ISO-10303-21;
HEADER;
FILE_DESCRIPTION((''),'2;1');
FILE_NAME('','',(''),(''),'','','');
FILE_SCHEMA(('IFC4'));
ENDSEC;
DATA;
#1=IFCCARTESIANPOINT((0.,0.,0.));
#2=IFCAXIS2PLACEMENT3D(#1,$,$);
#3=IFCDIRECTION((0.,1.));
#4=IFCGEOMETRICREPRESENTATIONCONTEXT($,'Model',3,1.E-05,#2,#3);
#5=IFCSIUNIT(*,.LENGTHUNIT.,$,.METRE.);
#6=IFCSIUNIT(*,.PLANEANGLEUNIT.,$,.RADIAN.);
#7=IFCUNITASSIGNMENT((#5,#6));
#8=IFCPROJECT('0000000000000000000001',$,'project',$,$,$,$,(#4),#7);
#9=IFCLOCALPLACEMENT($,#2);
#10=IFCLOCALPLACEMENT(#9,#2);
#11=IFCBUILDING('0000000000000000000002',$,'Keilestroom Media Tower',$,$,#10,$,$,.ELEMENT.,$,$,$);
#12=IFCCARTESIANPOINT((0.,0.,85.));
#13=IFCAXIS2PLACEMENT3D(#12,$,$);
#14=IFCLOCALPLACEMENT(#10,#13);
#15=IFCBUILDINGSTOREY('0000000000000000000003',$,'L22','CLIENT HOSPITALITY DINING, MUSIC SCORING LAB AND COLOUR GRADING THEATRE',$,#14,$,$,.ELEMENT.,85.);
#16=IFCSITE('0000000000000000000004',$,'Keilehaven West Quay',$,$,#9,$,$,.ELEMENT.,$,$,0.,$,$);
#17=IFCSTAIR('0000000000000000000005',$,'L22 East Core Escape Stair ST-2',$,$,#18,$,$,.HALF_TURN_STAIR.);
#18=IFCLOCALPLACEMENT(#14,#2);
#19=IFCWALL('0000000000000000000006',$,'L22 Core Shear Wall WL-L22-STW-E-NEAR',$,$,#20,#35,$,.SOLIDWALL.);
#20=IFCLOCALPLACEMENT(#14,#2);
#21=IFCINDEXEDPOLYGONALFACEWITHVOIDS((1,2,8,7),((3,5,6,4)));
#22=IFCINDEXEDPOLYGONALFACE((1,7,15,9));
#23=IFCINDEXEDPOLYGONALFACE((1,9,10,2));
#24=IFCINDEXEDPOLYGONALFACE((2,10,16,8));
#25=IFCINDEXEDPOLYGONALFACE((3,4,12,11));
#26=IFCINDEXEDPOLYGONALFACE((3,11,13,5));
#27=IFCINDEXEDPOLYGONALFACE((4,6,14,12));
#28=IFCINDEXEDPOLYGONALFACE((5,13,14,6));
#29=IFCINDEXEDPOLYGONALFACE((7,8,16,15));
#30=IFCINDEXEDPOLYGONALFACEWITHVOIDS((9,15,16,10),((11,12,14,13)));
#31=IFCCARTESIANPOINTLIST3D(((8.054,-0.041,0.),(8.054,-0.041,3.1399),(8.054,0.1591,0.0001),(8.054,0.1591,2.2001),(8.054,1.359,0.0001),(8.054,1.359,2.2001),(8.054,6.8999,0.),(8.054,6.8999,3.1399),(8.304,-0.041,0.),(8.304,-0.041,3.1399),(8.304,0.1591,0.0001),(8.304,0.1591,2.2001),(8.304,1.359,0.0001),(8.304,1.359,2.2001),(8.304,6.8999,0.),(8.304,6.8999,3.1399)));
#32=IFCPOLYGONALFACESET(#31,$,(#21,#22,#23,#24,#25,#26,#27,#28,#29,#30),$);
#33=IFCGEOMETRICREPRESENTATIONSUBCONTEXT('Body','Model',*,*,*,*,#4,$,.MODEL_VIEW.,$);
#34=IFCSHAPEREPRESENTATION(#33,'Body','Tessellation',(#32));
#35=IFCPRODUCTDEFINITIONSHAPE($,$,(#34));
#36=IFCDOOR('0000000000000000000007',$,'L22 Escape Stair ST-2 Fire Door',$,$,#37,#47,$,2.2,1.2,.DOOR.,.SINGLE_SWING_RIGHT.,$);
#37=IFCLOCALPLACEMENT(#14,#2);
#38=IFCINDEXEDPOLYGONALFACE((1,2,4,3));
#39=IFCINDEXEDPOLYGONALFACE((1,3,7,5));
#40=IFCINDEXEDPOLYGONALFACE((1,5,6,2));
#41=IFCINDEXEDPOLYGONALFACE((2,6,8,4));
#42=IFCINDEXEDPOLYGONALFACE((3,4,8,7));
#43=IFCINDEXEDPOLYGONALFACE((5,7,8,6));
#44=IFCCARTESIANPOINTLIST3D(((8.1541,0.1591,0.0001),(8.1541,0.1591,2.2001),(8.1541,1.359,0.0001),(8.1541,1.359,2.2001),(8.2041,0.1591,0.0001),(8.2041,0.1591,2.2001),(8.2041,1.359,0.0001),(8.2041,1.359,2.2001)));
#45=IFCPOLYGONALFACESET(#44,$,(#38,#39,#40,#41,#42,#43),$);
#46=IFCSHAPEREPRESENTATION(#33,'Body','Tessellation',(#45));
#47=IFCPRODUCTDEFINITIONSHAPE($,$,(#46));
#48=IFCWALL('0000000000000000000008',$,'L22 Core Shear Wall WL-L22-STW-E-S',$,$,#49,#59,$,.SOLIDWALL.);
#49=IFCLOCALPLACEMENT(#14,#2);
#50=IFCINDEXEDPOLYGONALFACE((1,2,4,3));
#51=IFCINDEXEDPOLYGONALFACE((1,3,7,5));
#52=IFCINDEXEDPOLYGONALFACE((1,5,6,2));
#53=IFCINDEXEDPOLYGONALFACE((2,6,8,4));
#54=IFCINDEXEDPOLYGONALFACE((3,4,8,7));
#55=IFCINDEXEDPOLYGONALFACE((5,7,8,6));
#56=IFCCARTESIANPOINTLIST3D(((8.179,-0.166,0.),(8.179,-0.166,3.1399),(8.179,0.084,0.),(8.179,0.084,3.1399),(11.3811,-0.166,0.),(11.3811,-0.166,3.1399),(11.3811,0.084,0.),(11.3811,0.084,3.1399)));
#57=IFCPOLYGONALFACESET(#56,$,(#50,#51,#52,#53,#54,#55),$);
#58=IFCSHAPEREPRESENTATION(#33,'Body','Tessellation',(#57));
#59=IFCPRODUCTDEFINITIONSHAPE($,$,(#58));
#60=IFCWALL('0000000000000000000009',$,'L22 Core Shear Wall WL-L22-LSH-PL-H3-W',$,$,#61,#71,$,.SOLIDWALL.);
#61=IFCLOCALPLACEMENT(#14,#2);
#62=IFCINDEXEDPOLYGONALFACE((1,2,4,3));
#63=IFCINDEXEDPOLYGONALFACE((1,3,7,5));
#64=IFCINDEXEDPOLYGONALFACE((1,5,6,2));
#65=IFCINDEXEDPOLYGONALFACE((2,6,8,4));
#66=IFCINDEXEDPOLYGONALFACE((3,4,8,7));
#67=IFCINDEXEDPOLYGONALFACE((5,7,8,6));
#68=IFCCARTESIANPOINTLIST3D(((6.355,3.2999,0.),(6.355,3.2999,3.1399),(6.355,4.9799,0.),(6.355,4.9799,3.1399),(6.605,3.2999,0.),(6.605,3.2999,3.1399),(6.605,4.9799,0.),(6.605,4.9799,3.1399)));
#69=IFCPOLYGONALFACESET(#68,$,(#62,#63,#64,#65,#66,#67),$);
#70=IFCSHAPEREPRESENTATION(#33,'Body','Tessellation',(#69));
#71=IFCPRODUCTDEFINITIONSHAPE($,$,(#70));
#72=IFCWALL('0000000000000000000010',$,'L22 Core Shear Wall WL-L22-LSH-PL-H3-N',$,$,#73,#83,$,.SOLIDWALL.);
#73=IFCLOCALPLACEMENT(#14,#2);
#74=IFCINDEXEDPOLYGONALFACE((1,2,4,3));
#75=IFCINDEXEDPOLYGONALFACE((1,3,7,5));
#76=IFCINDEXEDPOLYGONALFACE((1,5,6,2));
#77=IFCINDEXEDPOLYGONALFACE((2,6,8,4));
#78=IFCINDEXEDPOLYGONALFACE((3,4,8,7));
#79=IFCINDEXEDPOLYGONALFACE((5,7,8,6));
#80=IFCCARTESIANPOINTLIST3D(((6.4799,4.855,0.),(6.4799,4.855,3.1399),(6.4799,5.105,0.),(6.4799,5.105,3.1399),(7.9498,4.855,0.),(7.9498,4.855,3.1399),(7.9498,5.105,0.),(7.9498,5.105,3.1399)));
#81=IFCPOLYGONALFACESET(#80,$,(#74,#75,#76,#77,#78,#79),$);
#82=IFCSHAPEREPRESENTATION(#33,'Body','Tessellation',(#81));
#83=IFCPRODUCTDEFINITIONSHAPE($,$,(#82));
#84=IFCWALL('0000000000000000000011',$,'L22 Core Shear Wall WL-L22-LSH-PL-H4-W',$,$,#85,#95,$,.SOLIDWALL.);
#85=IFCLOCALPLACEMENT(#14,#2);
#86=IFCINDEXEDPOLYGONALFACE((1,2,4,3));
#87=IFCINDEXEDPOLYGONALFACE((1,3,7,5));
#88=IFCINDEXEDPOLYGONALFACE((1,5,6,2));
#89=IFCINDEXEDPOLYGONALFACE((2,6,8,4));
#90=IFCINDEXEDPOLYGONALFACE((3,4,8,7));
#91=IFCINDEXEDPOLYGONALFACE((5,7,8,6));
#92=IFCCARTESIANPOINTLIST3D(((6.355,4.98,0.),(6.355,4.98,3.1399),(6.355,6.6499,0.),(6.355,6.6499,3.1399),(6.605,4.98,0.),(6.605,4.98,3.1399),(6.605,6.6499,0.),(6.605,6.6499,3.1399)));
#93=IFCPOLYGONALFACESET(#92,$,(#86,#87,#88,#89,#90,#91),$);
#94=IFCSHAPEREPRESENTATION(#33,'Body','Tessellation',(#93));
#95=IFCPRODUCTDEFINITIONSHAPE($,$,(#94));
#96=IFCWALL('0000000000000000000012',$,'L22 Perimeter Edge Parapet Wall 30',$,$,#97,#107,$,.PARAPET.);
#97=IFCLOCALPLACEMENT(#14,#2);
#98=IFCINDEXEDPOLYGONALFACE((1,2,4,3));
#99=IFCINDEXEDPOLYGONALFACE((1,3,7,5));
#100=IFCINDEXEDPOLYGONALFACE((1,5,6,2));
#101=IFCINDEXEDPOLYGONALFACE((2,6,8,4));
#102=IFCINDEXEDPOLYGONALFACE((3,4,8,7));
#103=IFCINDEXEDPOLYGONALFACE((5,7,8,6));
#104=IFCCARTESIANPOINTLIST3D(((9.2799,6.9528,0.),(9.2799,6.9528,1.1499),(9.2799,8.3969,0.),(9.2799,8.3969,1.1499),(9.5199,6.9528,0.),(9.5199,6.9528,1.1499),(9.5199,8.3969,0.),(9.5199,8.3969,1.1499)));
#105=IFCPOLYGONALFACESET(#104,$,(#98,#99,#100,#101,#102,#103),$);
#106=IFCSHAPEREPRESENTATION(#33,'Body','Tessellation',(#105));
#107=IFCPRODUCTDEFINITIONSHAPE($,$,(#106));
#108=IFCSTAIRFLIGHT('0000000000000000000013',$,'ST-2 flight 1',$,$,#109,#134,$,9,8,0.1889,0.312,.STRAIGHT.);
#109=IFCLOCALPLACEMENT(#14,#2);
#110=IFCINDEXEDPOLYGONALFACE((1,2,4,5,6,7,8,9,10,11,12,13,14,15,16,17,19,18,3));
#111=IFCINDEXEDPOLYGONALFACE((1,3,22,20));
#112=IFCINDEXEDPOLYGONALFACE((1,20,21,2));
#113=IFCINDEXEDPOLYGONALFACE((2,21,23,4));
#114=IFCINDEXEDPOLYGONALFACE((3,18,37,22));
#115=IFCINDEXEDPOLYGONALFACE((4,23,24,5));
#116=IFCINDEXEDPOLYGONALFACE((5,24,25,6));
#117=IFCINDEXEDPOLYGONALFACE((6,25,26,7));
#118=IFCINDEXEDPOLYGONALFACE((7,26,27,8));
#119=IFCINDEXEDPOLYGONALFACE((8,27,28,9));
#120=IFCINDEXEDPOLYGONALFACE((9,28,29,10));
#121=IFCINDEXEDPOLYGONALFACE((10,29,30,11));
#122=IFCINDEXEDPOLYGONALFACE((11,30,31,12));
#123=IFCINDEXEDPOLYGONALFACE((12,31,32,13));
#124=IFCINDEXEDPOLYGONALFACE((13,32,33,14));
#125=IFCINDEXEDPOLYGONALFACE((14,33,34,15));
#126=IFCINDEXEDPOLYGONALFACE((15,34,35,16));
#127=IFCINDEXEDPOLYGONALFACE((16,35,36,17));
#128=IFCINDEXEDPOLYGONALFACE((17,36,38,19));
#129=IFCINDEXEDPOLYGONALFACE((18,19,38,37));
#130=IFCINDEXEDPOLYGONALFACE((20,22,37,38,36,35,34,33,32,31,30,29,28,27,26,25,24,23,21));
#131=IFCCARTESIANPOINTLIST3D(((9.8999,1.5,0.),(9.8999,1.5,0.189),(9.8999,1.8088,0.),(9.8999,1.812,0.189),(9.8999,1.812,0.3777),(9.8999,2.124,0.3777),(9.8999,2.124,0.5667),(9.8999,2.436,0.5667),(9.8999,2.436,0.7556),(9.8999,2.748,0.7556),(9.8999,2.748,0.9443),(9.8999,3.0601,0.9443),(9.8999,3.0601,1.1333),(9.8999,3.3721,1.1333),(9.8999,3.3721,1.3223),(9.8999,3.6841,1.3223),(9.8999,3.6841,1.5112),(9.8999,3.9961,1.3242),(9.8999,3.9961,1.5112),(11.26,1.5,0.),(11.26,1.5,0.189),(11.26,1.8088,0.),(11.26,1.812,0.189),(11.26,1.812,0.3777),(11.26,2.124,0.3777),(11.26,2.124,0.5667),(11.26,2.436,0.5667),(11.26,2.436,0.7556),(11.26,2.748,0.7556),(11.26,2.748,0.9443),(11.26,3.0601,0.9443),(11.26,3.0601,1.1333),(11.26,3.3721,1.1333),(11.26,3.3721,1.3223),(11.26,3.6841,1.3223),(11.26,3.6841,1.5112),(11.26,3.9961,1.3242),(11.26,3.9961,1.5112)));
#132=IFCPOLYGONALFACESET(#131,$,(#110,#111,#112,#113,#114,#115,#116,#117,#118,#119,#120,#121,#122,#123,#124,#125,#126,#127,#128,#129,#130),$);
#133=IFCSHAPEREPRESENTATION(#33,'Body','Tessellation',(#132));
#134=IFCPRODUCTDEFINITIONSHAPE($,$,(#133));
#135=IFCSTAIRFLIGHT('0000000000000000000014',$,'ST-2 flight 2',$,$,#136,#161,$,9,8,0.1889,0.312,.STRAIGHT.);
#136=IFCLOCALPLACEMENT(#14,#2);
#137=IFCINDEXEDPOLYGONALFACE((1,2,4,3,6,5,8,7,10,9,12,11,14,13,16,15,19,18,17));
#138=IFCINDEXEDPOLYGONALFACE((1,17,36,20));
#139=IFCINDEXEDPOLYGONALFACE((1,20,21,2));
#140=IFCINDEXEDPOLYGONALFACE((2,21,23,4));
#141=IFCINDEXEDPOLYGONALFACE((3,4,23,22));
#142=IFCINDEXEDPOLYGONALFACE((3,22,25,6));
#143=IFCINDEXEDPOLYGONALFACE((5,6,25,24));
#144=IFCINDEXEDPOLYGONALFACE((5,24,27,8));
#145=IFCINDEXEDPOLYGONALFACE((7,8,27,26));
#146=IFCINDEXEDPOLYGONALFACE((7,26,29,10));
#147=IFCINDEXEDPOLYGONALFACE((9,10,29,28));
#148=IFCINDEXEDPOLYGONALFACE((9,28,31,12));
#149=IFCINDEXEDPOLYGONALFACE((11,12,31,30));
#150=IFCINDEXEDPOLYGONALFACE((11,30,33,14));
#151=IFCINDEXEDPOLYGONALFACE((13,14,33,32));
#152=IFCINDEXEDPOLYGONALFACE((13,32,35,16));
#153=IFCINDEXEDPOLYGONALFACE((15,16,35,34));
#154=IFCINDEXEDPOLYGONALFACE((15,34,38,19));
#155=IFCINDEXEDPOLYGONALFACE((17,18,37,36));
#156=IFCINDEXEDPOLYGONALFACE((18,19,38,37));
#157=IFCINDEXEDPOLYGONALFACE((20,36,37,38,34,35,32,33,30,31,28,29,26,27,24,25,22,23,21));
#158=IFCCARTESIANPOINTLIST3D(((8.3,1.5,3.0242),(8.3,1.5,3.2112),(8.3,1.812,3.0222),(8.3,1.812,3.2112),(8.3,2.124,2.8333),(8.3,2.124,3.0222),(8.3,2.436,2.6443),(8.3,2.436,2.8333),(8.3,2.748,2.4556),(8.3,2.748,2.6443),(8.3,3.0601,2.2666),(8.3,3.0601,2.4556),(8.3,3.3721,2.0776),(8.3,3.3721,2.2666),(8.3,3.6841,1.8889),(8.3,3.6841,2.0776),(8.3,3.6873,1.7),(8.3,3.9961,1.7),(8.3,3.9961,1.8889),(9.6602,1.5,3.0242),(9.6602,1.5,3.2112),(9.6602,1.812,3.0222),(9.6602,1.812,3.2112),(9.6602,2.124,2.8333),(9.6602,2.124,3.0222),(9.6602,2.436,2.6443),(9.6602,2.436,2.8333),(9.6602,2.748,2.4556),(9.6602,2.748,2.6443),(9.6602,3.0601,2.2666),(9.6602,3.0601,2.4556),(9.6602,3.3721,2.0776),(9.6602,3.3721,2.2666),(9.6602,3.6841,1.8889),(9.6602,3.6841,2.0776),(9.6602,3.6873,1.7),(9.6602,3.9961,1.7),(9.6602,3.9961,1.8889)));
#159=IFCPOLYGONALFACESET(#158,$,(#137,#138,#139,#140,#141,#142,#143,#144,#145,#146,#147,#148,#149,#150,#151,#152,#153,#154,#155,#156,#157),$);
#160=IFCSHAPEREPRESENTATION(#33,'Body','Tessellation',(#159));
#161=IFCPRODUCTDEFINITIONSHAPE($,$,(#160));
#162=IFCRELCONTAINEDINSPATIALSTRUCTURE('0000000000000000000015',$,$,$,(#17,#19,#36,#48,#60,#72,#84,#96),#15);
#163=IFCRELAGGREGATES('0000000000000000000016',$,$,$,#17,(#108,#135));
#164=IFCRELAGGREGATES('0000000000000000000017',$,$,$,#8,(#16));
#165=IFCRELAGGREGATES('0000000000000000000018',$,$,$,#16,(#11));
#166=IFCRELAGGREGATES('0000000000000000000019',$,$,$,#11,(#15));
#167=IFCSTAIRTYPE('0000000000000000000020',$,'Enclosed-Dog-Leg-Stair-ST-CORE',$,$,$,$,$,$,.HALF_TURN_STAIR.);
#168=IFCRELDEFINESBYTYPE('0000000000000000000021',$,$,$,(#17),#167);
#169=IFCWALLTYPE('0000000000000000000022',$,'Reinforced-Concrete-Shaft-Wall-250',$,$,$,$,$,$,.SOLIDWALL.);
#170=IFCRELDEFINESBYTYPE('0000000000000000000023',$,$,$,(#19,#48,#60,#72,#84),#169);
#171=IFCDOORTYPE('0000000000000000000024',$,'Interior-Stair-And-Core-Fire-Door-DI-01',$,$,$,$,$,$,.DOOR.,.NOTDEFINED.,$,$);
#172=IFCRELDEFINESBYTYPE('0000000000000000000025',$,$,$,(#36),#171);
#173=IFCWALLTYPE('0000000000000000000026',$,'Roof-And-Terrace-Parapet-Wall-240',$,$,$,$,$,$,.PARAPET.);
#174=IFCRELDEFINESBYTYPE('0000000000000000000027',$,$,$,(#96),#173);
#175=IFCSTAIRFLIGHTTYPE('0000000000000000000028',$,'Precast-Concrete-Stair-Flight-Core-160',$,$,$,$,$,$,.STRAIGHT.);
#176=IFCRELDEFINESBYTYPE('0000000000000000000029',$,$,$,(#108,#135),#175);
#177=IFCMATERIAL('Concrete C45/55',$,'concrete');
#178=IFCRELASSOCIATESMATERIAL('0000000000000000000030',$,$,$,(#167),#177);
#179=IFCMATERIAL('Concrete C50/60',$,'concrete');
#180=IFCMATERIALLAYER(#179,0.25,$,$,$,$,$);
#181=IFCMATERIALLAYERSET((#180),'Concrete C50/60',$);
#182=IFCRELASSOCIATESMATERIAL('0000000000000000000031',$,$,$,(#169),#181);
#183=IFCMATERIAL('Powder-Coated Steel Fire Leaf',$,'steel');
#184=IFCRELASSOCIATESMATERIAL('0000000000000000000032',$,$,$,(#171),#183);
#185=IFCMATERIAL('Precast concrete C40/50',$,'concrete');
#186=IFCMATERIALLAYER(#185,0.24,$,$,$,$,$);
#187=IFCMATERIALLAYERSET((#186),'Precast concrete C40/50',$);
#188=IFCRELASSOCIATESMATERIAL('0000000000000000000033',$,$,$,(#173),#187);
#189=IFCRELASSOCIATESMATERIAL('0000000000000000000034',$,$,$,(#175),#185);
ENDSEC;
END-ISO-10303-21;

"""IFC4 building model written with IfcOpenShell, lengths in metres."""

from ifc_helpers import new_model, si_unit, direction, frame, frame_2d, origin, place, context, subcontext, project, spatial, polyline, rectangle, outline, extrude, source, transform, mapped, material, layer, layer_set, type_object, element, fill, aggregate, save


model = new_model("IFC4")

# Units and contexts
model_context = context("Model", 3, precision=1e-05, world=origin(), true_north=direction((0.0, 1.0)))
body_context = subcontext(model_context, "Body", "Model", "MODEL_VIEW")
ifc_project = project(units=[si_unit("LENGTHUNIT", "METRE"), si_unit("PLANEANGLEUNIT", "RADIAN")], contexts=[model_context])

# Site, building, storey
site_placement = place(None, origin())
site = spatial("IfcSite", under=ifc_project, at=site_placement, Name="Keilehaven West Quay", CompositionType="ELEMENT", RefElevation=0.0)
building_placement = place(site_placement, origin())
building = spatial("IfcBuilding", under=site, at=building_placement, Name="Keilestroom Media Tower", CompositionType="ELEMENT")
storey_placement = place(building_placement, frame((0.0, 0.0, 85.0)))
storey = spatial("IfcBuildingStorey", under=building, at=storey_placement, Name="L22", Description="CLIENT HOSPITALITY DINING, MUSIC SCORING LAB AND COLOUR GRADING THEATRE", CompositionType="ELEMENT", Elevation=85.0)

# Stair
ifc_material_1 = material(Name="Concrete C45/55", Category="concrete")
stair_type = type_object("IfcStairType", Name="Enclosed-Dog-Leg-Stair-ST-CORE", PredefinedType="HALF_TURN_STAIR", material=ifc_material_1)
stair_1_placement = place(storey_placement, origin())
stair_1 = element("IfcStair", 1, at=stair_1_placement, inside=storey, type_object=stair_type, Name="L22 East Core Escape Stair ST-2", PredefinedType="HALF_TURN_STAIR")

# Shared definitions
ifc_material_2 = material(Name="Concrete C50/60", Category="concrete")
ifc_layer_1 = layer(ifc_material_2, 0.25)
ifc_layer_set_1 = layer_set([ifc_layer_1], Name="Concrete C50/60")
wall_type_1 = type_object("IfcWallType", Name="Reinforced-Concrete-Shaft-Wall-250", PredefinedType="SOLIDWALL", material=ifc_layer_set_1)

# Wall, opening, door
wall_1_placement = place(storey_placement, frame((8.179, -0.041, 0.0), z_axis=(0.0, 0.0, 1.0), x_axis=(0.0, 1.0, 0.0)))
wall_1 = element("IfcWall", 2, at=wall_1_placement, inside=storey, type_object=wall_type_1, Name="L22 Core Shear Wall WL-L22-STW-E-NEAR", PredefinedType="SOLIDWALL", context=body_context, shape_type="SweptSolid", body=[
    extrude(rectangle(XDim=6.9409, YDim=0.25, at=frame_2d((3.4705, 0.0))), origin(), (0.0, 0.0, 1.0), 3.1399),
])
opening_placement = place(wall_1_placement, frame((0.2, 0.0, 0.0)))
opening = element("IfcOpeningElement", 3, at=opening_placement, cuts=wall_1, PredefinedType="OPENING", context=body_context, shape_type="SweptSolid", body=[
    extrude(rectangle(XDim=1.2, YDim=2.2, at=frame_2d((0.6001, 1.1001))), frame((0.0, 0.135, 0.0), z_axis=(0.0, -1.0, 0.0), x_axis=(1.0, 0.0, 0.0)), (0.0, 0.0, 1.0), 0.27),
])
ifc_material_3 = material(Name="Powder-Coated Steel Fire Leaf", Category="steel")
door_type = type_object("IfcDoorType", Name="Interior-Stair-And-Core-Fire-Door-DI-01", OperationType="NOTDEFINED", PredefinedType="DOOR", material=ifc_material_3)
shared_shape_1 = source(origin(), body_context, "Body", "SweptSolid", [
    extrude(rectangle(XDim=1.2, YDim=2.2, at=frame_2d((0.6001, 1.1001))), frame((0.0, 0.0249, 0.0), z_axis=(0.0, -1.0, 0.0), x_axis=(1.0, 0.0, 0.0)), (0.0, 0.0, 1.0), 0.05),
])
door_placement = place(opening_placement, origin())
door = element("IfcDoor", 4, at=door_placement, inside=storey, type_object=door_type, Name="L22 Escape Stair ST-2 Fire Door", OperationType="SINGLE_SWING_RIGHT", OverallHeight=2.2, OverallWidth=1.2, PredefinedType="DOOR", context=body_context, shape_type="MappedRepresentation", body=[
    mapped(shared_shape_1, transform((0.0, 0.0, 0.0), x_axis=(1.0, 0.0, 0.0), y_axis=(0.0, 1.0, 0.0), z_axis=(0.0, 0.0, 1.0), scale=1.0)),
])
fill(opening, door)

# Walls
wall_2_placement = place(storey_placement, frame((8.179, -0.041, 0.0), z_axis=(0.0, 0.0, 1.0), x_axis=(1.0, 0.0, 0.0)))
element("IfcWall", 5, at=wall_2_placement, inside=storey, type_object=wall_type_1, Name="L22 Core Shear Wall WL-L22-STW-E-S", PredefinedType="SOLIDWALL", context=body_context, shape_type="SweptSolid", body=[
    extrude(rectangle(XDim=3.2021, YDim=0.25, at=frame_2d((1.6011, 0.0))), origin(), (0.0, 0.0, 1.0), 3.1399),
])
wall_3_placement = place(storey_placement, frame((6.48, 3.3, 0.0), z_axis=(0.0, 0.0, 1.0), x_axis=(0.0, 1.0, 0.0)))
element("IfcWall", 6, at=wall_3_placement, inside=storey, type_object=wall_type_1, Name="L22 Core Shear Wall WL-L22-LSH-PL-H3-W", PredefinedType="SOLIDWALL", context=body_context, shape_type="SweptSolid", body=[
    extrude(rectangle(XDim=1.6799, YDim=0.25, at=frame_2d((0.8398, 0.0))), origin(), (0.0, 0.0, 1.0), 3.1399),
])
wall_4_placement = place(storey_placement, frame((6.48, 4.98, 0.0), z_axis=(0.0, 0.0, 1.0), x_axis=(1.0, 0.0, 0.0)))
element("IfcWall", 7, at=wall_4_placement, inside=storey, type_object=wall_type_1, Name="L22 Core Shear Wall WL-L22-LSH-PL-H3-N", PredefinedType="SOLIDWALL", context=body_context, shape_type="SweptSolid", body=[
    extrude(rectangle(XDim=1.47, YDim=0.25, at=frame_2d((0.7349, 0.0))), origin(), (0.0, 0.0, 1.0), 3.1399),
])
wall_5_placement = place(storey_placement, frame((6.48, 4.98, 0.0), z_axis=(0.0, 0.0, 1.0), x_axis=(0.0, 1.0, 0.0)))
element("IfcWall", 8, at=wall_5_placement, inside=storey, type_object=wall_type_1, Name="L22 Core Shear Wall WL-L22-LSH-PL-H4-W", PredefinedType="SOLIDWALL", context=body_context, shape_type="SweptSolid", body=[
    extrude(rectangle(XDim=1.6699, YDim=0.25, at=frame_2d((0.835, 0.0))), origin(), (0.0, 0.0, 1.0), 3.1399),
])
ifc_material_4 = material(Name="Precast concrete C40/50", Category="concrete")
ifc_layer_2 = layer(ifc_material_4, 0.24)
ifc_layer_set_2 = layer_set([ifc_layer_2], Name="Precast concrete C40/50")
wall_type_2 = type_object("IfcWallType", Name="Roof-And-Terrace-Parapet-Wall-240", PredefinedType="PARAPET", material=ifc_layer_set_2)
wall_6_placement = place(storey_placement, frame((9.3999, 8.397, 0.0), z_axis=(0.0, 0.0, 1.0), x_axis=(0.0, -1.0, 0.0)))
element("IfcWall", 9, at=wall_6_placement, inside=storey, type_object=wall_type_2, Name="L22 Perimeter Edge Parapet Wall 30", PredefinedType="PARAPET", context=body_context, shape_type="SweptSolid", body=[
    extrude(rectangle(XDim=1.4441, YDim=0.24, at=frame_2d((0.7222, 0.0))), origin(), (0.0, 0.0, 1.0), 1.1499),
])

# Stair flights
stair_flight_type = type_object("IfcStairFlightType", Name="Precast-Concrete-Stair-Flight-Core-160", PredefinedType="STRAIGHT", material=ifc_material_4)
stair_flight_1_placement = place(storey_placement, frame((10.5801, 1.5, 0.0), z_axis=(0.0, 0.0, 1.0), x_axis=(0.0, 1.0, 0.0)))
stair_flight_1 = element("IfcStairFlight", 10, at=stair_flight_1_placement, type_object=stair_flight_type, Name="ST-2 flight 1", NumberOfRisers=9, NumberOfTreads=8, PredefinedType="STRAIGHT", RiserHeight=0.1889, TreadLength=0.312, context=body_context, shape_type="SweptSolid", body=[
    extrude(outline(polyline([(0.0, 0.0), (0.0, 0.189), (0.312, 0.189), (0.312, 0.3777), (0.624, 0.3777), (0.624, 0.5667), (0.936, 0.5667), (0.936, 0.7556), (1.248, 0.7556), (1.248, 0.9443), (1.5601, 0.9443), (1.5601, 1.1333), (1.8721, 1.1333), (1.8721, 1.3223), (2.1841, 1.3223), (2.1841, 1.5112), (2.4961, 1.5112), (2.4961, 1.7), (2.4961, 1.3242), (0.3088, 0.0), (0.0, 0.0)])), frame((0.0, 0.6802, 0.0), z_axis=(0.0, -1.0, 0.0), x_axis=(1.0, 0.0, 0.0)), (0.0, 0.0, 1.0), 1.3601),
])
stair_flight_2_placement = place(storey_placement, frame((8.98, 3.9961, 1.7), z_axis=(0.0, 0.0, 1.0), x_axis=(0.0, -1.0, 0.0)))
stair_flight_2 = element("IfcStairFlight", 11, at=stair_flight_2_placement, type_object=stair_flight_type, Name="ST-2 flight 2", NumberOfRisers=9, NumberOfTreads=8, PredefinedType="STRAIGHT", RiserHeight=0.1889, TreadLength=0.312, context=body_context, shape_type="SweptSolid", body=[
    extrude(outline(polyline([(0.0, 0.0), (0.0, 0.189), (0.312, 0.189), (0.312, 0.3777), (0.624, 0.3777), (0.624, 0.5667), (0.936, 0.5667), (0.936, 0.7556), (1.248, 0.7556), (1.248, 0.9443), (1.5601, 0.9443), (1.5601, 1.1333), (1.8721, 1.1333), (1.8721, 1.3223), (2.1841, 1.3223), (2.1841, 1.5112), (2.4961, 1.5112), (2.4961, 1.7), (2.4961, 1.3242), (0.3088, 0.0), (0.0, 0.0)])), frame((0.0, 0.6802, 0.0), z_axis=(0.0, -1.0, 0.0), x_axis=(1.0, 0.0, 0.0)), (0.0, 0.0, 1.0), 1.3601),
])
aggregate(stair_1, [stair_flight_1, stair_flight_2])

save(model, "model.ifc")
